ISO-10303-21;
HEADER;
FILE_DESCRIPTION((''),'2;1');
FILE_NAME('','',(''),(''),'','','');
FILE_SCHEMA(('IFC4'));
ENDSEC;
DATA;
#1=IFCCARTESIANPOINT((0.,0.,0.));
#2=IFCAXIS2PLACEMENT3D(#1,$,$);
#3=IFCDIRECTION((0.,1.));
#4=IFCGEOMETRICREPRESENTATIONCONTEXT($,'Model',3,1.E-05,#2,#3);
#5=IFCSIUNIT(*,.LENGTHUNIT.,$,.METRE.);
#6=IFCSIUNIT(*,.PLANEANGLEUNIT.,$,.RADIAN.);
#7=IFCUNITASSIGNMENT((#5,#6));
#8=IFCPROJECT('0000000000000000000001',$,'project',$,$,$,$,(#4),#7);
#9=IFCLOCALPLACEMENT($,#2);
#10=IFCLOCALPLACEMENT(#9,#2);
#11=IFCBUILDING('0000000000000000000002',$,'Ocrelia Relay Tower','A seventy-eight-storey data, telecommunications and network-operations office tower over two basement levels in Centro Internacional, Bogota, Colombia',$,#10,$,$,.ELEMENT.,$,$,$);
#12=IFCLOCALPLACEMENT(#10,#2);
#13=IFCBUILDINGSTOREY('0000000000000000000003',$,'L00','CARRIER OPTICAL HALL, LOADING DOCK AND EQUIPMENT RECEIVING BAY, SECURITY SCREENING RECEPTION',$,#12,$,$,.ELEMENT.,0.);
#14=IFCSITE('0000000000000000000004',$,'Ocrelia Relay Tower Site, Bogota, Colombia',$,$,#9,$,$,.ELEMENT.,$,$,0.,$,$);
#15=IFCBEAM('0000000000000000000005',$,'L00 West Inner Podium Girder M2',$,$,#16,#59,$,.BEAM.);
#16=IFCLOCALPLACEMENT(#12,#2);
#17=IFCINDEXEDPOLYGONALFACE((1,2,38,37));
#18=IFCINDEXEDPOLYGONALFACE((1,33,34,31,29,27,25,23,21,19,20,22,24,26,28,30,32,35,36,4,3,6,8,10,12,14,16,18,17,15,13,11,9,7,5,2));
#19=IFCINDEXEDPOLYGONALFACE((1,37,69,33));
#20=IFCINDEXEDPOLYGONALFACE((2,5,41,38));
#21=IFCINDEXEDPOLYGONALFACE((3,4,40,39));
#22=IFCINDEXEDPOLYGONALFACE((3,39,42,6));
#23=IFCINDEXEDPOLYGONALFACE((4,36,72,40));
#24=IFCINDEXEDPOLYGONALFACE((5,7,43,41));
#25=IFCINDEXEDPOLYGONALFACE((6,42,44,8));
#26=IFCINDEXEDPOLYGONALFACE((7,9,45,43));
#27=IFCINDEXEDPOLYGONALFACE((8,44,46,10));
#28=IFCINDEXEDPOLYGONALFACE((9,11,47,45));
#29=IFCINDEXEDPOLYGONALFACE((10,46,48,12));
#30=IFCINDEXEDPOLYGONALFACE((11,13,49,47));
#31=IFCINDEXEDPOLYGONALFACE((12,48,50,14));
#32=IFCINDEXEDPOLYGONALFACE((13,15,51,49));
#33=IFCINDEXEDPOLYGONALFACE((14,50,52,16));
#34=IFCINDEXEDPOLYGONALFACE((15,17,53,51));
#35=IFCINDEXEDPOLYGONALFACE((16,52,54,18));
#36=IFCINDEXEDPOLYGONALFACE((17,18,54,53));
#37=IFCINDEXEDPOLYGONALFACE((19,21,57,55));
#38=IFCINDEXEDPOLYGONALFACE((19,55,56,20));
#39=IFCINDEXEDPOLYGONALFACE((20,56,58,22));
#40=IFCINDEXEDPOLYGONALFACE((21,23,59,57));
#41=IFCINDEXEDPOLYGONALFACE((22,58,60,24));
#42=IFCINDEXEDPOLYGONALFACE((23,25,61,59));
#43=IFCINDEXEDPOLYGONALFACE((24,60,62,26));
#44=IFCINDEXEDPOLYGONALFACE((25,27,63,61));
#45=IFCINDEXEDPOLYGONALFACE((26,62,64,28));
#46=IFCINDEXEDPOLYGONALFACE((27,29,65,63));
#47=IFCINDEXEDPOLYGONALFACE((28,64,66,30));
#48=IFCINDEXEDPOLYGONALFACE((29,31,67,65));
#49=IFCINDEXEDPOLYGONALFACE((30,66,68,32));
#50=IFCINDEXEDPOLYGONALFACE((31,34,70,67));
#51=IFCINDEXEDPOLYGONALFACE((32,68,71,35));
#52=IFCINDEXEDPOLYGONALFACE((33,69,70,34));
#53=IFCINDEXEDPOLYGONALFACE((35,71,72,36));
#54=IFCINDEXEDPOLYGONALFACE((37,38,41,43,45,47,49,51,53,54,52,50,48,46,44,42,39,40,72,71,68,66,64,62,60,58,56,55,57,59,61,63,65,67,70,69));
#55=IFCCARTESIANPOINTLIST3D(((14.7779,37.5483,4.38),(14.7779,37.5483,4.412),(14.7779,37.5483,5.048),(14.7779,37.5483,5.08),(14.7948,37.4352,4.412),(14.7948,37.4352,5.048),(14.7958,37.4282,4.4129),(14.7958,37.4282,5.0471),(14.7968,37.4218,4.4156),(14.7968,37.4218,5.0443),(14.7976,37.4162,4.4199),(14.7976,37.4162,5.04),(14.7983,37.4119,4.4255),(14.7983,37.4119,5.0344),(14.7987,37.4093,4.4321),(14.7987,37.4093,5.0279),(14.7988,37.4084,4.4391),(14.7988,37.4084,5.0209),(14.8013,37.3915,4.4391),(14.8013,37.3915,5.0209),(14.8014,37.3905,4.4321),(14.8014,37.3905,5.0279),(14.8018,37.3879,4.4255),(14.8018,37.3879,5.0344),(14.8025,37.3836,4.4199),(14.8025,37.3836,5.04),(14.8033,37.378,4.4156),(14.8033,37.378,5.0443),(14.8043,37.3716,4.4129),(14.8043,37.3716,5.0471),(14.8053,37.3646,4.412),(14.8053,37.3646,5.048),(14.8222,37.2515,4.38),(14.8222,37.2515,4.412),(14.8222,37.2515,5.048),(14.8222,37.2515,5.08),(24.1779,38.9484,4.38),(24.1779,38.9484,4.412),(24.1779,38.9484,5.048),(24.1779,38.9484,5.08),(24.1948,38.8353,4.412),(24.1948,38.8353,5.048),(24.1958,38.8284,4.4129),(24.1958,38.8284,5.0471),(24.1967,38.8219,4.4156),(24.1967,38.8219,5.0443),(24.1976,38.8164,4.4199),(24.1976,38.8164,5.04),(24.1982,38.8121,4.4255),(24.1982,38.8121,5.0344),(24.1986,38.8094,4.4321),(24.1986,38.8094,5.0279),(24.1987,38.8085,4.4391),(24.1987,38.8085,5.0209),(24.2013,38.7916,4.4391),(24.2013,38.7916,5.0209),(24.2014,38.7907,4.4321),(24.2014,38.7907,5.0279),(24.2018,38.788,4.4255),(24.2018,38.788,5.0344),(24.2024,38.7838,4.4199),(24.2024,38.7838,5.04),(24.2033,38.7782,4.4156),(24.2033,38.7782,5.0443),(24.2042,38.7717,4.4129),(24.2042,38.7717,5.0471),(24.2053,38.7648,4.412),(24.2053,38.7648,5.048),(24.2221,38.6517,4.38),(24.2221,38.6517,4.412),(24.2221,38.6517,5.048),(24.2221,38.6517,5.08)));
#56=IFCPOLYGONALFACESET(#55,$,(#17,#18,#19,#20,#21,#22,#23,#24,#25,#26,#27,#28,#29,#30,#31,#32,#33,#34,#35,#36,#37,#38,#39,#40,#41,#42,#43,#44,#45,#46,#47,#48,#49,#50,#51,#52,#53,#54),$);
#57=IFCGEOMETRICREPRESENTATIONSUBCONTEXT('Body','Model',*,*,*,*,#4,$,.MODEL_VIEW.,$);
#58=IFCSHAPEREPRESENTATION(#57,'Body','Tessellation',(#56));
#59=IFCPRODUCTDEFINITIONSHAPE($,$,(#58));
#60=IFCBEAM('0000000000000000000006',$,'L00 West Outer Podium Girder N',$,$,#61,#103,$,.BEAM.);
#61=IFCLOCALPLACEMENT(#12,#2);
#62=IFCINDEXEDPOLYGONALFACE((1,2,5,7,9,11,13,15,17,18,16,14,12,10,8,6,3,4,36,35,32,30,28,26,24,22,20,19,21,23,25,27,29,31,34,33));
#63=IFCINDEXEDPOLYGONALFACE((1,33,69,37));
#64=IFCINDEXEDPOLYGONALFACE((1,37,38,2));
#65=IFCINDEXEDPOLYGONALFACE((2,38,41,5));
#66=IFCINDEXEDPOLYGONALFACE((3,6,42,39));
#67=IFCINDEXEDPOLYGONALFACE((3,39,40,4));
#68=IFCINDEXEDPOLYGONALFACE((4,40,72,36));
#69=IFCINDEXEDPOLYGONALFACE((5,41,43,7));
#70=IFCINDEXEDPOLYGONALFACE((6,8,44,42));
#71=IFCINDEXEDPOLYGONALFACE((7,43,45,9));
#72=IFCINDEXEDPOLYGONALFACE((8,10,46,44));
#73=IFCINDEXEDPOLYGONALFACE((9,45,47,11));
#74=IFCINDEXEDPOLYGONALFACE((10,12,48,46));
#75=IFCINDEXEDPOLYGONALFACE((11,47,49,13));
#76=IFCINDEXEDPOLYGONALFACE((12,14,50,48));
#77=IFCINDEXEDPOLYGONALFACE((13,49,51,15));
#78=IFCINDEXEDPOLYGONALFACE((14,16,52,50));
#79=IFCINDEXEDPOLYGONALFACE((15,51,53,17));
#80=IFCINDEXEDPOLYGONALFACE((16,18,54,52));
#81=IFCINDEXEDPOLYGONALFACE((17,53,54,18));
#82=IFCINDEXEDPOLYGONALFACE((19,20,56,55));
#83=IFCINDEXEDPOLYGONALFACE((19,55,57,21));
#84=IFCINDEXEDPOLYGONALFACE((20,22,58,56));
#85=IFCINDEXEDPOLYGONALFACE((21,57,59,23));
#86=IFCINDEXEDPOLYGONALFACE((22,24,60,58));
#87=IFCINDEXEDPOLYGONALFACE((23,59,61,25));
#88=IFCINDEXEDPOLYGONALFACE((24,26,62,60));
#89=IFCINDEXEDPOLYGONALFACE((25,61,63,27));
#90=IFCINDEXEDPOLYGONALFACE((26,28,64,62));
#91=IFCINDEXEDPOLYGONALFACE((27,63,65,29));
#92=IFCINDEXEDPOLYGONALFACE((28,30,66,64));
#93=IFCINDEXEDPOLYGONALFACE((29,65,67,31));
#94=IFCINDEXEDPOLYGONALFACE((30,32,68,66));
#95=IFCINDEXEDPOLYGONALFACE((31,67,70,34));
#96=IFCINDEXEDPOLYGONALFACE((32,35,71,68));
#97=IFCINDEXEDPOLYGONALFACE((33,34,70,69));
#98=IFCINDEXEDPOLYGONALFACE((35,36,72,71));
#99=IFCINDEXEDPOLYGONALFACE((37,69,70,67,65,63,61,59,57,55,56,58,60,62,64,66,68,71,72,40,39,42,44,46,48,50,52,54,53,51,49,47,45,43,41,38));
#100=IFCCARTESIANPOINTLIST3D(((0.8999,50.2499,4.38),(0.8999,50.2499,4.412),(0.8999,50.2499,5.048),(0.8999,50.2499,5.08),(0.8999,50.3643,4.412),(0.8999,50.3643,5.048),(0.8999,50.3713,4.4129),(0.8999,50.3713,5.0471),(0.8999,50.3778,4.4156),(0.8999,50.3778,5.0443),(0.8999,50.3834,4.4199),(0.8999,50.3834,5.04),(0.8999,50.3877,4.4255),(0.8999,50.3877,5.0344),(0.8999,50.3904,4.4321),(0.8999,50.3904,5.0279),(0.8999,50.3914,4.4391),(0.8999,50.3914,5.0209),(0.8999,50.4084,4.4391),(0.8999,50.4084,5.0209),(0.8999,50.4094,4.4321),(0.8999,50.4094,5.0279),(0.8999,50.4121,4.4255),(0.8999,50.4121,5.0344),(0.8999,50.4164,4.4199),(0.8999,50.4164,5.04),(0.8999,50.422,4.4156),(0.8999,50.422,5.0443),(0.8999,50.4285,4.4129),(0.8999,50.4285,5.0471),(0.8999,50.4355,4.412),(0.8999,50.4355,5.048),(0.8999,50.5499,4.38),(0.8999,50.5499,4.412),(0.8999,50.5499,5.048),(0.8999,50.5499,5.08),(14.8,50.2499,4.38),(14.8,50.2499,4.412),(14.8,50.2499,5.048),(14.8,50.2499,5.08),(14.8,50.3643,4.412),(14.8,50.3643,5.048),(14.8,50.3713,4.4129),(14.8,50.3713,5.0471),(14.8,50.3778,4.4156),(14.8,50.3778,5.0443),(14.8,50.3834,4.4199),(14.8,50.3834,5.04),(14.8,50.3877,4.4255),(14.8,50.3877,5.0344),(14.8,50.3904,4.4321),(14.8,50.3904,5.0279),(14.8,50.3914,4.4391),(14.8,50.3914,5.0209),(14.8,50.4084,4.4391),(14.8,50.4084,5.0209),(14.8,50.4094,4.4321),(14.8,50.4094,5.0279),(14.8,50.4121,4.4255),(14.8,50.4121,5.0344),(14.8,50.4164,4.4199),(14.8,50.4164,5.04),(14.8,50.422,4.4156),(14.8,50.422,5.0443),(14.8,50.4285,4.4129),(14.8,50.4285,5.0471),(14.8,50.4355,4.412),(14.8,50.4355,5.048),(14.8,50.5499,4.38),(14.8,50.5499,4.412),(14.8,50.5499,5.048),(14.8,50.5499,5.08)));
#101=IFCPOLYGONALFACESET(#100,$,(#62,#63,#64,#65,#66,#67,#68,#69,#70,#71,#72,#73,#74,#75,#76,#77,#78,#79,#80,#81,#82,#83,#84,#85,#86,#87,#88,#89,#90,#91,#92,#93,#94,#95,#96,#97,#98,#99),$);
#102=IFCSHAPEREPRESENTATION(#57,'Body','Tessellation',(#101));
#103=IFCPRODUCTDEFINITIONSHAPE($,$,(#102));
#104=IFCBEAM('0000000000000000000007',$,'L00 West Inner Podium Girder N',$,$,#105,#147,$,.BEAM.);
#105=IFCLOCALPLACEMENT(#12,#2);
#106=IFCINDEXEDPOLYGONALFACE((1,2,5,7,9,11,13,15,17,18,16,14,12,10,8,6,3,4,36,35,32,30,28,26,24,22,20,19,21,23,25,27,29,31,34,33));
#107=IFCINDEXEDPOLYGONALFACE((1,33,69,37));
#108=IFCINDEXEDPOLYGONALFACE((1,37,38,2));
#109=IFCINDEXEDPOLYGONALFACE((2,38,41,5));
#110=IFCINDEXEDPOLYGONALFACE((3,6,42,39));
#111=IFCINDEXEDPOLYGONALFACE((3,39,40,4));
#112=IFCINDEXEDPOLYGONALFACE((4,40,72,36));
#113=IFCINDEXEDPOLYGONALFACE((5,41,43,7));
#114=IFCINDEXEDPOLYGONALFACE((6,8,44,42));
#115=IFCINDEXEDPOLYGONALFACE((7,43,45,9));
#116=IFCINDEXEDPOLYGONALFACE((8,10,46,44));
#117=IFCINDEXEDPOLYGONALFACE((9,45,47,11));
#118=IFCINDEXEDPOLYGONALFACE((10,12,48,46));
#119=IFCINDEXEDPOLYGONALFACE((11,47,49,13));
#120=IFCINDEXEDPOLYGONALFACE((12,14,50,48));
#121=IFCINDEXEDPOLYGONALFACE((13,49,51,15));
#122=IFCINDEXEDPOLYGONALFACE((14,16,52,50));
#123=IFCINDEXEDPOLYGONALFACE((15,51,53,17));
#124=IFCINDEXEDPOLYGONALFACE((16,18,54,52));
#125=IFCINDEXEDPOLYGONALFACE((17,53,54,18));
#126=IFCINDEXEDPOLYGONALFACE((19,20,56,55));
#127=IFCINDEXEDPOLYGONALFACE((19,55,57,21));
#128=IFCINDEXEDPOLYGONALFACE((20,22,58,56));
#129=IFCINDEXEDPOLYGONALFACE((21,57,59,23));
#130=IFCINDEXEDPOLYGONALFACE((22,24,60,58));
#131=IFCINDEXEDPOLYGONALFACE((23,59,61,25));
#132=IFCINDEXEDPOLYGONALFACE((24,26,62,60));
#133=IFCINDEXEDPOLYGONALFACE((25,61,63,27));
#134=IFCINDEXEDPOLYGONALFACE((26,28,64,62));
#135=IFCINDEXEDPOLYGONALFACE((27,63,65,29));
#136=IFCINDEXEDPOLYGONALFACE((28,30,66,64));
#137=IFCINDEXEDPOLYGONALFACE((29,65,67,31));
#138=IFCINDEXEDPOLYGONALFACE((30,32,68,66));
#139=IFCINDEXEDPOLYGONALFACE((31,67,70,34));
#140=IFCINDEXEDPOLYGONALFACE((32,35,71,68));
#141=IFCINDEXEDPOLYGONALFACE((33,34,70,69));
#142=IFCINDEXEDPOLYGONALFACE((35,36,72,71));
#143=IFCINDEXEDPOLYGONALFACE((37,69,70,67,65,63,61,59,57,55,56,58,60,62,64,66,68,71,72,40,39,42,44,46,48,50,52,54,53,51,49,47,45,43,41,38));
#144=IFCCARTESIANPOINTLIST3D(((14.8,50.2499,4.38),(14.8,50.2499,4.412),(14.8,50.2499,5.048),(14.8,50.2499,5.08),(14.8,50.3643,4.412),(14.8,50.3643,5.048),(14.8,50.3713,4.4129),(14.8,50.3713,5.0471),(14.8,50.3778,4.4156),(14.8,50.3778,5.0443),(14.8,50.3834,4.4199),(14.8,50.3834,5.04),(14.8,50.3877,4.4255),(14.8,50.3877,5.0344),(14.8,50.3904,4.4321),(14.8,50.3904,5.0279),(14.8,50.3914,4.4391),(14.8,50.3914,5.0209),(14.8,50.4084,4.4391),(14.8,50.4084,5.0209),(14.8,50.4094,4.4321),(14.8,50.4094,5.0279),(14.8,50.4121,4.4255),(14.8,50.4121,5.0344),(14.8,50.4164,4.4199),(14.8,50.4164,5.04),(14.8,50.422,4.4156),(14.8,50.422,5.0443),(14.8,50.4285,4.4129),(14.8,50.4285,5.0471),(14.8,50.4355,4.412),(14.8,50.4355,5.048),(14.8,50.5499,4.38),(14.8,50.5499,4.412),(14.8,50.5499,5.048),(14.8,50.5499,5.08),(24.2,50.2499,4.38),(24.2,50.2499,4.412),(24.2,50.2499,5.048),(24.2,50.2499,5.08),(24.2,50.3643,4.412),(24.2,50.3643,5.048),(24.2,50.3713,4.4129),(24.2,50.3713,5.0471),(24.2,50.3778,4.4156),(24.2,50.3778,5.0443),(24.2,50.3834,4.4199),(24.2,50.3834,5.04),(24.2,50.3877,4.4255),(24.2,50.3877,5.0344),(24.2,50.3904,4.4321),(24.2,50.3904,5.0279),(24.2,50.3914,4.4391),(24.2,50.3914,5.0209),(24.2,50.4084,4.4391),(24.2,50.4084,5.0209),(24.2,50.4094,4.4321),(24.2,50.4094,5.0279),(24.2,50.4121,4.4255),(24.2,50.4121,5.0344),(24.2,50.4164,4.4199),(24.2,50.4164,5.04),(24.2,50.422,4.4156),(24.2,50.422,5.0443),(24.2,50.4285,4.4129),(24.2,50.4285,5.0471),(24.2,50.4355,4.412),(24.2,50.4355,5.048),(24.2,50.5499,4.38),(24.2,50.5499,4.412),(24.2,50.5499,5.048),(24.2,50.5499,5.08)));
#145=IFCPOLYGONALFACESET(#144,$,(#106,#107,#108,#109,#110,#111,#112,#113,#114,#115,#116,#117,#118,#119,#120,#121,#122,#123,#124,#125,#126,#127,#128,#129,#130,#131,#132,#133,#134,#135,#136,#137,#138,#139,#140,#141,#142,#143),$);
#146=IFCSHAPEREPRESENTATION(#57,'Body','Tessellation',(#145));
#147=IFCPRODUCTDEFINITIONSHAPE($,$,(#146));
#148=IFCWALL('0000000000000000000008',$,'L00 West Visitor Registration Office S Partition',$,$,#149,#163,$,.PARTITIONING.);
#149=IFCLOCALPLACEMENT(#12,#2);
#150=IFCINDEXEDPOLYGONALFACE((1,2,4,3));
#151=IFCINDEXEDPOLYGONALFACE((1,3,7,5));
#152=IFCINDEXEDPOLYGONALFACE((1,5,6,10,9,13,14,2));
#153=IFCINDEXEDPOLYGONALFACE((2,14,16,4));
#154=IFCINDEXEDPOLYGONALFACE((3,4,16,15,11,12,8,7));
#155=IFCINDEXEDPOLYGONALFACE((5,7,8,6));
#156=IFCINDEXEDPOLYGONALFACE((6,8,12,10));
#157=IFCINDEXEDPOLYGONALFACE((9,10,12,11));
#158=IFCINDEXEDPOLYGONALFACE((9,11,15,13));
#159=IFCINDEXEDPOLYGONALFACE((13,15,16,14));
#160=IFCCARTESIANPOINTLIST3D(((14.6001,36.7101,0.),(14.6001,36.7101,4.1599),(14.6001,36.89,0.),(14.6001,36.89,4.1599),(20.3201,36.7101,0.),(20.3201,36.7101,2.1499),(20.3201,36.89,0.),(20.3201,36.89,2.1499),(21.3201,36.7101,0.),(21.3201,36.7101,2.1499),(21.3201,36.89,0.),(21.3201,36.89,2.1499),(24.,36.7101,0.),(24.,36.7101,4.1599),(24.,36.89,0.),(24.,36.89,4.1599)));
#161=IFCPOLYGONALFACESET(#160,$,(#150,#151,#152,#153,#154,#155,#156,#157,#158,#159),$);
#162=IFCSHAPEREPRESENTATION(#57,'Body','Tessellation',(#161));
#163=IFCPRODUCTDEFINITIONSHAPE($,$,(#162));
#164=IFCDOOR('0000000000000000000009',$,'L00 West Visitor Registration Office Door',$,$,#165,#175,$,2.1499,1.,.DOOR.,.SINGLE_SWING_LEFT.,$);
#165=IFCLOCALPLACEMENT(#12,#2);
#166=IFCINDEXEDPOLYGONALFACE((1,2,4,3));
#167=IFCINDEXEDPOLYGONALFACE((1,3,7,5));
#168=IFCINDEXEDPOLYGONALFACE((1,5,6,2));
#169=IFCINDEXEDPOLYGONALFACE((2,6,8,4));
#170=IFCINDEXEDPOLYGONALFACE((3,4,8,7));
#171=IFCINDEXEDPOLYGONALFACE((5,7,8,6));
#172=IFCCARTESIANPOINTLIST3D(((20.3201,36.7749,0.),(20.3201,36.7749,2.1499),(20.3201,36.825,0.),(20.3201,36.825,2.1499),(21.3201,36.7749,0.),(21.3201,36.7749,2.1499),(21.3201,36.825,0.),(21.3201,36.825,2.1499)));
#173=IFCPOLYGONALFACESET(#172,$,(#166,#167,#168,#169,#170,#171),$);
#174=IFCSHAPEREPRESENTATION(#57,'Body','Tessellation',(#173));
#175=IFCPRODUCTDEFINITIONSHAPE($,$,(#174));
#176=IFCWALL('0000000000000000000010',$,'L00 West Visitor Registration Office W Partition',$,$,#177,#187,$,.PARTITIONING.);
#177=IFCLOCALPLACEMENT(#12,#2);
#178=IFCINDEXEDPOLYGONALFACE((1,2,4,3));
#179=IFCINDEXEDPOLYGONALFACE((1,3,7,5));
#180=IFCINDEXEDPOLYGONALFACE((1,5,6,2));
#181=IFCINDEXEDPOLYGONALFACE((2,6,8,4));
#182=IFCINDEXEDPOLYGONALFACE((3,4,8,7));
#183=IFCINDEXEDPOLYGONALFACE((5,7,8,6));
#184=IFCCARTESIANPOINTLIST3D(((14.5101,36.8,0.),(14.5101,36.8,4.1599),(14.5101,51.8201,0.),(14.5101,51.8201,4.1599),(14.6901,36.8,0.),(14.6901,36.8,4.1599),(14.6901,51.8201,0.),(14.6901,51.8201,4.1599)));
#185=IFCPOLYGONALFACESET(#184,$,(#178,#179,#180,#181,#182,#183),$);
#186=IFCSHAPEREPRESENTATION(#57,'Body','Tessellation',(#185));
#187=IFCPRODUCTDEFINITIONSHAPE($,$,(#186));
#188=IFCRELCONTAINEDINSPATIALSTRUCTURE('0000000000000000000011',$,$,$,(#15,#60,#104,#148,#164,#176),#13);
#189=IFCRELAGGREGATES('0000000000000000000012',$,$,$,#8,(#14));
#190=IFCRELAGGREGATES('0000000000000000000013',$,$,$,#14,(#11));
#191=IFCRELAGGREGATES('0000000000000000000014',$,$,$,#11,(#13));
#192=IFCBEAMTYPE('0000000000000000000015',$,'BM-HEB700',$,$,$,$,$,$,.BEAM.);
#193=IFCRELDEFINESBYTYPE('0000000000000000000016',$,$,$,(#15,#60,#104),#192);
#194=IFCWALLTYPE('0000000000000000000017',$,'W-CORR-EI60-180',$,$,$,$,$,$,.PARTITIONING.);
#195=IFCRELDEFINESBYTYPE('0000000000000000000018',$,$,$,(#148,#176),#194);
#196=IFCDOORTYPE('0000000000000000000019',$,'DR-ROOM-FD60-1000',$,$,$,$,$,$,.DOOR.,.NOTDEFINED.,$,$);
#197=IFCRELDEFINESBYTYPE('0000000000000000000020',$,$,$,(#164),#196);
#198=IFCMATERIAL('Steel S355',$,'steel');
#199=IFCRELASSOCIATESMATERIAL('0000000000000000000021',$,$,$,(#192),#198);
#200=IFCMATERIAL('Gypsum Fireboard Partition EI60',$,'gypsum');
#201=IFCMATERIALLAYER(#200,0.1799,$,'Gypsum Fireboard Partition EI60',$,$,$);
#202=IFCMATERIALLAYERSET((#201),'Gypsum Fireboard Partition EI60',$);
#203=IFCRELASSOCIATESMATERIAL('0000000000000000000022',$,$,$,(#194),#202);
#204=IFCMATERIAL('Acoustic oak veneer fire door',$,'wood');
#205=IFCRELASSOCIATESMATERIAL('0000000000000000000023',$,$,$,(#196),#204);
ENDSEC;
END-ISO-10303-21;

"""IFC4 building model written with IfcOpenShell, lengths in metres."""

from ifc_helpers import new_model, si_unit, direction, frame, frame_2d, origin, origin_2d, place, context, subcontext, project, spatial, rectangle, i_section, extrude, material, layer, layer_set, material_profile, profile_set, type_object, element, fill, save


model = new_model("IFC4")

# Units and contexts
model_context = context("Model", 3, precision=1e-05, world=origin(), true_north=direction((0.0, 1.0)))
body_context = subcontext(model_context, "Body", "Model", "MODEL_VIEW")
ifc_project = project(units=[si_unit("LENGTHUNIT", "METRE"), si_unit("PLANEANGLEUNIT", "RADIAN")], contexts=[model_context])

# Site, building, storey
site_placement = place(None, origin())
site = spatial("IfcSite", under=ifc_project, at=site_placement, Name="Ocrelia Relay Tower Site, Bogota, Colombia", CompositionType="ELEMENT", RefElevation=0.0)
building_placement = place(site_placement, origin())
building = spatial("IfcBuilding", under=site, at=building_placement, Name="Ocrelia Relay Tower", Description="A seventy-eight-storey data, telecommunications and network-operations office tower over two basement levels in Centro Internacional, Bogota, Colombia", CompositionType="ELEMENT")
storey_placement = place(building_placement, origin())
storey = spatial("IfcBuildingStorey", under=building, at=storey_placement, Name="L00", Description="CARRIER OPTICAL HALL, LOADING DOCK AND EQUIPMENT RECEIVING BAY, SECURITY SCREENING RECEPTION", CompositionType="ELEMENT", Elevation=0.0)

# Beams
ifc_material_1 = material(Name="Steel S355", Category="steel")
ifc_material_profile_1 = material_profile(ifc_material_1, i_section(OverallWidth=0.3, OverallDepth=0.7, WebThickness=0.0171, FlangeThickness=0.032, FilletRadius=0.0271, at=origin_2d()), Name="HEB 700")
ifc_profile_set_1 = profile_set([ifc_material_profile_1], Name="Steel S355")
beam_type_1 = type_object("IfcBeamType", Name="BM-HEB700", PredefinedType="BEAM", material=ifc_profile_set_1)
beam_1_placement = place(storey_placement, frame((14.8, 37.3999, 4.73), z_axis=(0.989088, 0.147328, 0.0), x_axis=(-0.147328, 0.989088, 0.0)))
element("IfcBeam", 1, at=beam_1_placement, inside=storey, type_object=beam_type_1, Name="L00 West Inner Podium Girder M2", PredefinedType="BEAM", context=body_context, shape_type="SweptSolid", body=[
    extrude(i_section(OverallWidth=0.3, OverallDepth=0.7, WebThickness=0.0171, FlangeThickness=0.032, FilletRadius=0.0271, at=origin_2d()), origin(), (0.0, 0.0, 1.0), 9.5037),
])
beam_2_placement = place(storey_placement, frame((0.8999, 50.3999, 4.73), z_axis=(1.0, 0.0, 0.0), x_axis=(0.0, 1.0, 0.0)))
element("IfcBeam", 2, at=beam_2_placement, inside=storey, type_object=beam_type_1, Name="L00 West Outer Podium Girder N", PredefinedType="BEAM", context=body_context, shape_type="SweptSolid", body=[
    extrude(i_section(OverallWidth=0.3, OverallDepth=0.7, WebThickness=0.0171, FlangeThickness=0.032, FilletRadius=0.0271, at=origin_2d()), origin(), (0.0, 0.0, 1.0), 13.9001),
])
beam_3_placement = place(storey_placement, frame((14.8, 50.3999, 4.73), z_axis=(1.0, 0.0, 0.0), x_axis=(0.0, 1.0, 0.0)))
element("IfcBeam", 3, at=beam_3_placement, inside=storey, type_object=beam_type_1, Name="L00 West Inner Podium Girder N", PredefinedType="BEAM", context=body_context, shape_type="SweptSolid", body=[
    extrude(i_section(OverallWidth=0.3, OverallDepth=0.7, WebThickness=0.0171, FlangeThickness=0.032, FilletRadius=0.0271, at=origin_2d()), origin(), (0.0, 0.0, 1.0), 9.3999),
])

# Wall, opening, door
ifc_material_2 = material(Name="Gypsum Fireboard Partition EI60", Category="gypsum")
ifc_layer_1 = layer(ifc_material_2, 0.1799, Name="Gypsum Fireboard Partition EI60")
ifc_layer_set_1 = layer_set([ifc_layer_1], Name="Gypsum Fireboard Partition EI60")
wall_type_1 = type_object("IfcWallType", Name="W-CORR-EI60-180", PredefinedType="PARTITIONING", material=ifc_layer_set_1)
wall_1_placement = place(storey_placement, frame((14.6001, 36.8, 0.0), z_axis=(0.0, 0.0, 1.0), x_axis=(1.0, 0.0, 0.0)))
wall_1 = element("IfcWall", 4, at=wall_1_placement, inside=storey, type_object=wall_type_1, Name="L00 West Visitor Registration Office S Partition", PredefinedType="PARTITIONING", context=body_context, shape_type="SweptSolid", body=[
    extrude(rectangle(XDim=9.3999, YDim=0.1799, at=frame_2d((4.7, 0.0))), origin(), (0.0, 0.0, 1.0), 4.1599),
])
opening_placement = place(wall_1_placement, frame((5.72, 0.0, 0.0)))
opening = element("IfcOpeningElement", 5, at=opening_placement, cuts=wall_1, PredefinedType="OPENING", context=body_context, shape_type="SweptSolid", body=[
    extrude(rectangle(XDim=1.0, YDim=2.1499, at=frame_2d((0.5, 1.075))), frame((0.0, 0.1001, 0.0), z_axis=(0.0, -1.0, 0.0), x_axis=(1.0, 0.0, 0.0)), (0.0, 0.0, 1.0), 0.2),
])
ifc_material_3 = material(Name="Acoustic oak veneer fire door", Category="wood")
door_type = type_object("IfcDoorType", Name="DR-ROOM-FD60-1000", OperationType="NOTDEFINED", PredefinedType="DOOR", material=ifc_material_3)
door_placement = place(opening_placement, origin())
door = element("IfcDoor", 6, at=door_placement, inside=storey, type_object=door_type, Name="L00 West Visitor Registration Office Door", OperationType="SINGLE_SWING_LEFT", OverallHeight=2.1499, OverallWidth=1.0, PredefinedType="DOOR", context=body_context, shape_type="SweptSolid", body=[
    extrude(rectangle(XDim=1.0, YDim=2.1499, at=frame_2d((0.5, 1.075))), frame((0.0, 0.0249, 0.0), z_axis=(0.0, -1.0, 0.0), x_axis=(1.0, 0.0, 0.0)), (0.0, 0.0, 1.0), 0.05),
])
fill(opening, door)

# Wall
wall_2_placement = place(storey_placement, frame((14.6001, 51.8201, 0.0), z_axis=(0.0, 0.0, 1.0), x_axis=(0.0, -1.0, 0.0)))
element("IfcWall", 7, at=wall_2_placement, inside=storey, type_object=wall_type_1, Name="L00 West Visitor Registration Office W Partition", PredefinedType="PARTITIONING", context=body_context, shape_type="SweptSolid", body=[
    extrude(rectangle(XDim=15.02, YDim=0.1799, at=frame_2d((7.51, 0.0))), origin(), (0.0, 0.0, 1.0), 4.1599),
])

save(model, "model.ifc")
